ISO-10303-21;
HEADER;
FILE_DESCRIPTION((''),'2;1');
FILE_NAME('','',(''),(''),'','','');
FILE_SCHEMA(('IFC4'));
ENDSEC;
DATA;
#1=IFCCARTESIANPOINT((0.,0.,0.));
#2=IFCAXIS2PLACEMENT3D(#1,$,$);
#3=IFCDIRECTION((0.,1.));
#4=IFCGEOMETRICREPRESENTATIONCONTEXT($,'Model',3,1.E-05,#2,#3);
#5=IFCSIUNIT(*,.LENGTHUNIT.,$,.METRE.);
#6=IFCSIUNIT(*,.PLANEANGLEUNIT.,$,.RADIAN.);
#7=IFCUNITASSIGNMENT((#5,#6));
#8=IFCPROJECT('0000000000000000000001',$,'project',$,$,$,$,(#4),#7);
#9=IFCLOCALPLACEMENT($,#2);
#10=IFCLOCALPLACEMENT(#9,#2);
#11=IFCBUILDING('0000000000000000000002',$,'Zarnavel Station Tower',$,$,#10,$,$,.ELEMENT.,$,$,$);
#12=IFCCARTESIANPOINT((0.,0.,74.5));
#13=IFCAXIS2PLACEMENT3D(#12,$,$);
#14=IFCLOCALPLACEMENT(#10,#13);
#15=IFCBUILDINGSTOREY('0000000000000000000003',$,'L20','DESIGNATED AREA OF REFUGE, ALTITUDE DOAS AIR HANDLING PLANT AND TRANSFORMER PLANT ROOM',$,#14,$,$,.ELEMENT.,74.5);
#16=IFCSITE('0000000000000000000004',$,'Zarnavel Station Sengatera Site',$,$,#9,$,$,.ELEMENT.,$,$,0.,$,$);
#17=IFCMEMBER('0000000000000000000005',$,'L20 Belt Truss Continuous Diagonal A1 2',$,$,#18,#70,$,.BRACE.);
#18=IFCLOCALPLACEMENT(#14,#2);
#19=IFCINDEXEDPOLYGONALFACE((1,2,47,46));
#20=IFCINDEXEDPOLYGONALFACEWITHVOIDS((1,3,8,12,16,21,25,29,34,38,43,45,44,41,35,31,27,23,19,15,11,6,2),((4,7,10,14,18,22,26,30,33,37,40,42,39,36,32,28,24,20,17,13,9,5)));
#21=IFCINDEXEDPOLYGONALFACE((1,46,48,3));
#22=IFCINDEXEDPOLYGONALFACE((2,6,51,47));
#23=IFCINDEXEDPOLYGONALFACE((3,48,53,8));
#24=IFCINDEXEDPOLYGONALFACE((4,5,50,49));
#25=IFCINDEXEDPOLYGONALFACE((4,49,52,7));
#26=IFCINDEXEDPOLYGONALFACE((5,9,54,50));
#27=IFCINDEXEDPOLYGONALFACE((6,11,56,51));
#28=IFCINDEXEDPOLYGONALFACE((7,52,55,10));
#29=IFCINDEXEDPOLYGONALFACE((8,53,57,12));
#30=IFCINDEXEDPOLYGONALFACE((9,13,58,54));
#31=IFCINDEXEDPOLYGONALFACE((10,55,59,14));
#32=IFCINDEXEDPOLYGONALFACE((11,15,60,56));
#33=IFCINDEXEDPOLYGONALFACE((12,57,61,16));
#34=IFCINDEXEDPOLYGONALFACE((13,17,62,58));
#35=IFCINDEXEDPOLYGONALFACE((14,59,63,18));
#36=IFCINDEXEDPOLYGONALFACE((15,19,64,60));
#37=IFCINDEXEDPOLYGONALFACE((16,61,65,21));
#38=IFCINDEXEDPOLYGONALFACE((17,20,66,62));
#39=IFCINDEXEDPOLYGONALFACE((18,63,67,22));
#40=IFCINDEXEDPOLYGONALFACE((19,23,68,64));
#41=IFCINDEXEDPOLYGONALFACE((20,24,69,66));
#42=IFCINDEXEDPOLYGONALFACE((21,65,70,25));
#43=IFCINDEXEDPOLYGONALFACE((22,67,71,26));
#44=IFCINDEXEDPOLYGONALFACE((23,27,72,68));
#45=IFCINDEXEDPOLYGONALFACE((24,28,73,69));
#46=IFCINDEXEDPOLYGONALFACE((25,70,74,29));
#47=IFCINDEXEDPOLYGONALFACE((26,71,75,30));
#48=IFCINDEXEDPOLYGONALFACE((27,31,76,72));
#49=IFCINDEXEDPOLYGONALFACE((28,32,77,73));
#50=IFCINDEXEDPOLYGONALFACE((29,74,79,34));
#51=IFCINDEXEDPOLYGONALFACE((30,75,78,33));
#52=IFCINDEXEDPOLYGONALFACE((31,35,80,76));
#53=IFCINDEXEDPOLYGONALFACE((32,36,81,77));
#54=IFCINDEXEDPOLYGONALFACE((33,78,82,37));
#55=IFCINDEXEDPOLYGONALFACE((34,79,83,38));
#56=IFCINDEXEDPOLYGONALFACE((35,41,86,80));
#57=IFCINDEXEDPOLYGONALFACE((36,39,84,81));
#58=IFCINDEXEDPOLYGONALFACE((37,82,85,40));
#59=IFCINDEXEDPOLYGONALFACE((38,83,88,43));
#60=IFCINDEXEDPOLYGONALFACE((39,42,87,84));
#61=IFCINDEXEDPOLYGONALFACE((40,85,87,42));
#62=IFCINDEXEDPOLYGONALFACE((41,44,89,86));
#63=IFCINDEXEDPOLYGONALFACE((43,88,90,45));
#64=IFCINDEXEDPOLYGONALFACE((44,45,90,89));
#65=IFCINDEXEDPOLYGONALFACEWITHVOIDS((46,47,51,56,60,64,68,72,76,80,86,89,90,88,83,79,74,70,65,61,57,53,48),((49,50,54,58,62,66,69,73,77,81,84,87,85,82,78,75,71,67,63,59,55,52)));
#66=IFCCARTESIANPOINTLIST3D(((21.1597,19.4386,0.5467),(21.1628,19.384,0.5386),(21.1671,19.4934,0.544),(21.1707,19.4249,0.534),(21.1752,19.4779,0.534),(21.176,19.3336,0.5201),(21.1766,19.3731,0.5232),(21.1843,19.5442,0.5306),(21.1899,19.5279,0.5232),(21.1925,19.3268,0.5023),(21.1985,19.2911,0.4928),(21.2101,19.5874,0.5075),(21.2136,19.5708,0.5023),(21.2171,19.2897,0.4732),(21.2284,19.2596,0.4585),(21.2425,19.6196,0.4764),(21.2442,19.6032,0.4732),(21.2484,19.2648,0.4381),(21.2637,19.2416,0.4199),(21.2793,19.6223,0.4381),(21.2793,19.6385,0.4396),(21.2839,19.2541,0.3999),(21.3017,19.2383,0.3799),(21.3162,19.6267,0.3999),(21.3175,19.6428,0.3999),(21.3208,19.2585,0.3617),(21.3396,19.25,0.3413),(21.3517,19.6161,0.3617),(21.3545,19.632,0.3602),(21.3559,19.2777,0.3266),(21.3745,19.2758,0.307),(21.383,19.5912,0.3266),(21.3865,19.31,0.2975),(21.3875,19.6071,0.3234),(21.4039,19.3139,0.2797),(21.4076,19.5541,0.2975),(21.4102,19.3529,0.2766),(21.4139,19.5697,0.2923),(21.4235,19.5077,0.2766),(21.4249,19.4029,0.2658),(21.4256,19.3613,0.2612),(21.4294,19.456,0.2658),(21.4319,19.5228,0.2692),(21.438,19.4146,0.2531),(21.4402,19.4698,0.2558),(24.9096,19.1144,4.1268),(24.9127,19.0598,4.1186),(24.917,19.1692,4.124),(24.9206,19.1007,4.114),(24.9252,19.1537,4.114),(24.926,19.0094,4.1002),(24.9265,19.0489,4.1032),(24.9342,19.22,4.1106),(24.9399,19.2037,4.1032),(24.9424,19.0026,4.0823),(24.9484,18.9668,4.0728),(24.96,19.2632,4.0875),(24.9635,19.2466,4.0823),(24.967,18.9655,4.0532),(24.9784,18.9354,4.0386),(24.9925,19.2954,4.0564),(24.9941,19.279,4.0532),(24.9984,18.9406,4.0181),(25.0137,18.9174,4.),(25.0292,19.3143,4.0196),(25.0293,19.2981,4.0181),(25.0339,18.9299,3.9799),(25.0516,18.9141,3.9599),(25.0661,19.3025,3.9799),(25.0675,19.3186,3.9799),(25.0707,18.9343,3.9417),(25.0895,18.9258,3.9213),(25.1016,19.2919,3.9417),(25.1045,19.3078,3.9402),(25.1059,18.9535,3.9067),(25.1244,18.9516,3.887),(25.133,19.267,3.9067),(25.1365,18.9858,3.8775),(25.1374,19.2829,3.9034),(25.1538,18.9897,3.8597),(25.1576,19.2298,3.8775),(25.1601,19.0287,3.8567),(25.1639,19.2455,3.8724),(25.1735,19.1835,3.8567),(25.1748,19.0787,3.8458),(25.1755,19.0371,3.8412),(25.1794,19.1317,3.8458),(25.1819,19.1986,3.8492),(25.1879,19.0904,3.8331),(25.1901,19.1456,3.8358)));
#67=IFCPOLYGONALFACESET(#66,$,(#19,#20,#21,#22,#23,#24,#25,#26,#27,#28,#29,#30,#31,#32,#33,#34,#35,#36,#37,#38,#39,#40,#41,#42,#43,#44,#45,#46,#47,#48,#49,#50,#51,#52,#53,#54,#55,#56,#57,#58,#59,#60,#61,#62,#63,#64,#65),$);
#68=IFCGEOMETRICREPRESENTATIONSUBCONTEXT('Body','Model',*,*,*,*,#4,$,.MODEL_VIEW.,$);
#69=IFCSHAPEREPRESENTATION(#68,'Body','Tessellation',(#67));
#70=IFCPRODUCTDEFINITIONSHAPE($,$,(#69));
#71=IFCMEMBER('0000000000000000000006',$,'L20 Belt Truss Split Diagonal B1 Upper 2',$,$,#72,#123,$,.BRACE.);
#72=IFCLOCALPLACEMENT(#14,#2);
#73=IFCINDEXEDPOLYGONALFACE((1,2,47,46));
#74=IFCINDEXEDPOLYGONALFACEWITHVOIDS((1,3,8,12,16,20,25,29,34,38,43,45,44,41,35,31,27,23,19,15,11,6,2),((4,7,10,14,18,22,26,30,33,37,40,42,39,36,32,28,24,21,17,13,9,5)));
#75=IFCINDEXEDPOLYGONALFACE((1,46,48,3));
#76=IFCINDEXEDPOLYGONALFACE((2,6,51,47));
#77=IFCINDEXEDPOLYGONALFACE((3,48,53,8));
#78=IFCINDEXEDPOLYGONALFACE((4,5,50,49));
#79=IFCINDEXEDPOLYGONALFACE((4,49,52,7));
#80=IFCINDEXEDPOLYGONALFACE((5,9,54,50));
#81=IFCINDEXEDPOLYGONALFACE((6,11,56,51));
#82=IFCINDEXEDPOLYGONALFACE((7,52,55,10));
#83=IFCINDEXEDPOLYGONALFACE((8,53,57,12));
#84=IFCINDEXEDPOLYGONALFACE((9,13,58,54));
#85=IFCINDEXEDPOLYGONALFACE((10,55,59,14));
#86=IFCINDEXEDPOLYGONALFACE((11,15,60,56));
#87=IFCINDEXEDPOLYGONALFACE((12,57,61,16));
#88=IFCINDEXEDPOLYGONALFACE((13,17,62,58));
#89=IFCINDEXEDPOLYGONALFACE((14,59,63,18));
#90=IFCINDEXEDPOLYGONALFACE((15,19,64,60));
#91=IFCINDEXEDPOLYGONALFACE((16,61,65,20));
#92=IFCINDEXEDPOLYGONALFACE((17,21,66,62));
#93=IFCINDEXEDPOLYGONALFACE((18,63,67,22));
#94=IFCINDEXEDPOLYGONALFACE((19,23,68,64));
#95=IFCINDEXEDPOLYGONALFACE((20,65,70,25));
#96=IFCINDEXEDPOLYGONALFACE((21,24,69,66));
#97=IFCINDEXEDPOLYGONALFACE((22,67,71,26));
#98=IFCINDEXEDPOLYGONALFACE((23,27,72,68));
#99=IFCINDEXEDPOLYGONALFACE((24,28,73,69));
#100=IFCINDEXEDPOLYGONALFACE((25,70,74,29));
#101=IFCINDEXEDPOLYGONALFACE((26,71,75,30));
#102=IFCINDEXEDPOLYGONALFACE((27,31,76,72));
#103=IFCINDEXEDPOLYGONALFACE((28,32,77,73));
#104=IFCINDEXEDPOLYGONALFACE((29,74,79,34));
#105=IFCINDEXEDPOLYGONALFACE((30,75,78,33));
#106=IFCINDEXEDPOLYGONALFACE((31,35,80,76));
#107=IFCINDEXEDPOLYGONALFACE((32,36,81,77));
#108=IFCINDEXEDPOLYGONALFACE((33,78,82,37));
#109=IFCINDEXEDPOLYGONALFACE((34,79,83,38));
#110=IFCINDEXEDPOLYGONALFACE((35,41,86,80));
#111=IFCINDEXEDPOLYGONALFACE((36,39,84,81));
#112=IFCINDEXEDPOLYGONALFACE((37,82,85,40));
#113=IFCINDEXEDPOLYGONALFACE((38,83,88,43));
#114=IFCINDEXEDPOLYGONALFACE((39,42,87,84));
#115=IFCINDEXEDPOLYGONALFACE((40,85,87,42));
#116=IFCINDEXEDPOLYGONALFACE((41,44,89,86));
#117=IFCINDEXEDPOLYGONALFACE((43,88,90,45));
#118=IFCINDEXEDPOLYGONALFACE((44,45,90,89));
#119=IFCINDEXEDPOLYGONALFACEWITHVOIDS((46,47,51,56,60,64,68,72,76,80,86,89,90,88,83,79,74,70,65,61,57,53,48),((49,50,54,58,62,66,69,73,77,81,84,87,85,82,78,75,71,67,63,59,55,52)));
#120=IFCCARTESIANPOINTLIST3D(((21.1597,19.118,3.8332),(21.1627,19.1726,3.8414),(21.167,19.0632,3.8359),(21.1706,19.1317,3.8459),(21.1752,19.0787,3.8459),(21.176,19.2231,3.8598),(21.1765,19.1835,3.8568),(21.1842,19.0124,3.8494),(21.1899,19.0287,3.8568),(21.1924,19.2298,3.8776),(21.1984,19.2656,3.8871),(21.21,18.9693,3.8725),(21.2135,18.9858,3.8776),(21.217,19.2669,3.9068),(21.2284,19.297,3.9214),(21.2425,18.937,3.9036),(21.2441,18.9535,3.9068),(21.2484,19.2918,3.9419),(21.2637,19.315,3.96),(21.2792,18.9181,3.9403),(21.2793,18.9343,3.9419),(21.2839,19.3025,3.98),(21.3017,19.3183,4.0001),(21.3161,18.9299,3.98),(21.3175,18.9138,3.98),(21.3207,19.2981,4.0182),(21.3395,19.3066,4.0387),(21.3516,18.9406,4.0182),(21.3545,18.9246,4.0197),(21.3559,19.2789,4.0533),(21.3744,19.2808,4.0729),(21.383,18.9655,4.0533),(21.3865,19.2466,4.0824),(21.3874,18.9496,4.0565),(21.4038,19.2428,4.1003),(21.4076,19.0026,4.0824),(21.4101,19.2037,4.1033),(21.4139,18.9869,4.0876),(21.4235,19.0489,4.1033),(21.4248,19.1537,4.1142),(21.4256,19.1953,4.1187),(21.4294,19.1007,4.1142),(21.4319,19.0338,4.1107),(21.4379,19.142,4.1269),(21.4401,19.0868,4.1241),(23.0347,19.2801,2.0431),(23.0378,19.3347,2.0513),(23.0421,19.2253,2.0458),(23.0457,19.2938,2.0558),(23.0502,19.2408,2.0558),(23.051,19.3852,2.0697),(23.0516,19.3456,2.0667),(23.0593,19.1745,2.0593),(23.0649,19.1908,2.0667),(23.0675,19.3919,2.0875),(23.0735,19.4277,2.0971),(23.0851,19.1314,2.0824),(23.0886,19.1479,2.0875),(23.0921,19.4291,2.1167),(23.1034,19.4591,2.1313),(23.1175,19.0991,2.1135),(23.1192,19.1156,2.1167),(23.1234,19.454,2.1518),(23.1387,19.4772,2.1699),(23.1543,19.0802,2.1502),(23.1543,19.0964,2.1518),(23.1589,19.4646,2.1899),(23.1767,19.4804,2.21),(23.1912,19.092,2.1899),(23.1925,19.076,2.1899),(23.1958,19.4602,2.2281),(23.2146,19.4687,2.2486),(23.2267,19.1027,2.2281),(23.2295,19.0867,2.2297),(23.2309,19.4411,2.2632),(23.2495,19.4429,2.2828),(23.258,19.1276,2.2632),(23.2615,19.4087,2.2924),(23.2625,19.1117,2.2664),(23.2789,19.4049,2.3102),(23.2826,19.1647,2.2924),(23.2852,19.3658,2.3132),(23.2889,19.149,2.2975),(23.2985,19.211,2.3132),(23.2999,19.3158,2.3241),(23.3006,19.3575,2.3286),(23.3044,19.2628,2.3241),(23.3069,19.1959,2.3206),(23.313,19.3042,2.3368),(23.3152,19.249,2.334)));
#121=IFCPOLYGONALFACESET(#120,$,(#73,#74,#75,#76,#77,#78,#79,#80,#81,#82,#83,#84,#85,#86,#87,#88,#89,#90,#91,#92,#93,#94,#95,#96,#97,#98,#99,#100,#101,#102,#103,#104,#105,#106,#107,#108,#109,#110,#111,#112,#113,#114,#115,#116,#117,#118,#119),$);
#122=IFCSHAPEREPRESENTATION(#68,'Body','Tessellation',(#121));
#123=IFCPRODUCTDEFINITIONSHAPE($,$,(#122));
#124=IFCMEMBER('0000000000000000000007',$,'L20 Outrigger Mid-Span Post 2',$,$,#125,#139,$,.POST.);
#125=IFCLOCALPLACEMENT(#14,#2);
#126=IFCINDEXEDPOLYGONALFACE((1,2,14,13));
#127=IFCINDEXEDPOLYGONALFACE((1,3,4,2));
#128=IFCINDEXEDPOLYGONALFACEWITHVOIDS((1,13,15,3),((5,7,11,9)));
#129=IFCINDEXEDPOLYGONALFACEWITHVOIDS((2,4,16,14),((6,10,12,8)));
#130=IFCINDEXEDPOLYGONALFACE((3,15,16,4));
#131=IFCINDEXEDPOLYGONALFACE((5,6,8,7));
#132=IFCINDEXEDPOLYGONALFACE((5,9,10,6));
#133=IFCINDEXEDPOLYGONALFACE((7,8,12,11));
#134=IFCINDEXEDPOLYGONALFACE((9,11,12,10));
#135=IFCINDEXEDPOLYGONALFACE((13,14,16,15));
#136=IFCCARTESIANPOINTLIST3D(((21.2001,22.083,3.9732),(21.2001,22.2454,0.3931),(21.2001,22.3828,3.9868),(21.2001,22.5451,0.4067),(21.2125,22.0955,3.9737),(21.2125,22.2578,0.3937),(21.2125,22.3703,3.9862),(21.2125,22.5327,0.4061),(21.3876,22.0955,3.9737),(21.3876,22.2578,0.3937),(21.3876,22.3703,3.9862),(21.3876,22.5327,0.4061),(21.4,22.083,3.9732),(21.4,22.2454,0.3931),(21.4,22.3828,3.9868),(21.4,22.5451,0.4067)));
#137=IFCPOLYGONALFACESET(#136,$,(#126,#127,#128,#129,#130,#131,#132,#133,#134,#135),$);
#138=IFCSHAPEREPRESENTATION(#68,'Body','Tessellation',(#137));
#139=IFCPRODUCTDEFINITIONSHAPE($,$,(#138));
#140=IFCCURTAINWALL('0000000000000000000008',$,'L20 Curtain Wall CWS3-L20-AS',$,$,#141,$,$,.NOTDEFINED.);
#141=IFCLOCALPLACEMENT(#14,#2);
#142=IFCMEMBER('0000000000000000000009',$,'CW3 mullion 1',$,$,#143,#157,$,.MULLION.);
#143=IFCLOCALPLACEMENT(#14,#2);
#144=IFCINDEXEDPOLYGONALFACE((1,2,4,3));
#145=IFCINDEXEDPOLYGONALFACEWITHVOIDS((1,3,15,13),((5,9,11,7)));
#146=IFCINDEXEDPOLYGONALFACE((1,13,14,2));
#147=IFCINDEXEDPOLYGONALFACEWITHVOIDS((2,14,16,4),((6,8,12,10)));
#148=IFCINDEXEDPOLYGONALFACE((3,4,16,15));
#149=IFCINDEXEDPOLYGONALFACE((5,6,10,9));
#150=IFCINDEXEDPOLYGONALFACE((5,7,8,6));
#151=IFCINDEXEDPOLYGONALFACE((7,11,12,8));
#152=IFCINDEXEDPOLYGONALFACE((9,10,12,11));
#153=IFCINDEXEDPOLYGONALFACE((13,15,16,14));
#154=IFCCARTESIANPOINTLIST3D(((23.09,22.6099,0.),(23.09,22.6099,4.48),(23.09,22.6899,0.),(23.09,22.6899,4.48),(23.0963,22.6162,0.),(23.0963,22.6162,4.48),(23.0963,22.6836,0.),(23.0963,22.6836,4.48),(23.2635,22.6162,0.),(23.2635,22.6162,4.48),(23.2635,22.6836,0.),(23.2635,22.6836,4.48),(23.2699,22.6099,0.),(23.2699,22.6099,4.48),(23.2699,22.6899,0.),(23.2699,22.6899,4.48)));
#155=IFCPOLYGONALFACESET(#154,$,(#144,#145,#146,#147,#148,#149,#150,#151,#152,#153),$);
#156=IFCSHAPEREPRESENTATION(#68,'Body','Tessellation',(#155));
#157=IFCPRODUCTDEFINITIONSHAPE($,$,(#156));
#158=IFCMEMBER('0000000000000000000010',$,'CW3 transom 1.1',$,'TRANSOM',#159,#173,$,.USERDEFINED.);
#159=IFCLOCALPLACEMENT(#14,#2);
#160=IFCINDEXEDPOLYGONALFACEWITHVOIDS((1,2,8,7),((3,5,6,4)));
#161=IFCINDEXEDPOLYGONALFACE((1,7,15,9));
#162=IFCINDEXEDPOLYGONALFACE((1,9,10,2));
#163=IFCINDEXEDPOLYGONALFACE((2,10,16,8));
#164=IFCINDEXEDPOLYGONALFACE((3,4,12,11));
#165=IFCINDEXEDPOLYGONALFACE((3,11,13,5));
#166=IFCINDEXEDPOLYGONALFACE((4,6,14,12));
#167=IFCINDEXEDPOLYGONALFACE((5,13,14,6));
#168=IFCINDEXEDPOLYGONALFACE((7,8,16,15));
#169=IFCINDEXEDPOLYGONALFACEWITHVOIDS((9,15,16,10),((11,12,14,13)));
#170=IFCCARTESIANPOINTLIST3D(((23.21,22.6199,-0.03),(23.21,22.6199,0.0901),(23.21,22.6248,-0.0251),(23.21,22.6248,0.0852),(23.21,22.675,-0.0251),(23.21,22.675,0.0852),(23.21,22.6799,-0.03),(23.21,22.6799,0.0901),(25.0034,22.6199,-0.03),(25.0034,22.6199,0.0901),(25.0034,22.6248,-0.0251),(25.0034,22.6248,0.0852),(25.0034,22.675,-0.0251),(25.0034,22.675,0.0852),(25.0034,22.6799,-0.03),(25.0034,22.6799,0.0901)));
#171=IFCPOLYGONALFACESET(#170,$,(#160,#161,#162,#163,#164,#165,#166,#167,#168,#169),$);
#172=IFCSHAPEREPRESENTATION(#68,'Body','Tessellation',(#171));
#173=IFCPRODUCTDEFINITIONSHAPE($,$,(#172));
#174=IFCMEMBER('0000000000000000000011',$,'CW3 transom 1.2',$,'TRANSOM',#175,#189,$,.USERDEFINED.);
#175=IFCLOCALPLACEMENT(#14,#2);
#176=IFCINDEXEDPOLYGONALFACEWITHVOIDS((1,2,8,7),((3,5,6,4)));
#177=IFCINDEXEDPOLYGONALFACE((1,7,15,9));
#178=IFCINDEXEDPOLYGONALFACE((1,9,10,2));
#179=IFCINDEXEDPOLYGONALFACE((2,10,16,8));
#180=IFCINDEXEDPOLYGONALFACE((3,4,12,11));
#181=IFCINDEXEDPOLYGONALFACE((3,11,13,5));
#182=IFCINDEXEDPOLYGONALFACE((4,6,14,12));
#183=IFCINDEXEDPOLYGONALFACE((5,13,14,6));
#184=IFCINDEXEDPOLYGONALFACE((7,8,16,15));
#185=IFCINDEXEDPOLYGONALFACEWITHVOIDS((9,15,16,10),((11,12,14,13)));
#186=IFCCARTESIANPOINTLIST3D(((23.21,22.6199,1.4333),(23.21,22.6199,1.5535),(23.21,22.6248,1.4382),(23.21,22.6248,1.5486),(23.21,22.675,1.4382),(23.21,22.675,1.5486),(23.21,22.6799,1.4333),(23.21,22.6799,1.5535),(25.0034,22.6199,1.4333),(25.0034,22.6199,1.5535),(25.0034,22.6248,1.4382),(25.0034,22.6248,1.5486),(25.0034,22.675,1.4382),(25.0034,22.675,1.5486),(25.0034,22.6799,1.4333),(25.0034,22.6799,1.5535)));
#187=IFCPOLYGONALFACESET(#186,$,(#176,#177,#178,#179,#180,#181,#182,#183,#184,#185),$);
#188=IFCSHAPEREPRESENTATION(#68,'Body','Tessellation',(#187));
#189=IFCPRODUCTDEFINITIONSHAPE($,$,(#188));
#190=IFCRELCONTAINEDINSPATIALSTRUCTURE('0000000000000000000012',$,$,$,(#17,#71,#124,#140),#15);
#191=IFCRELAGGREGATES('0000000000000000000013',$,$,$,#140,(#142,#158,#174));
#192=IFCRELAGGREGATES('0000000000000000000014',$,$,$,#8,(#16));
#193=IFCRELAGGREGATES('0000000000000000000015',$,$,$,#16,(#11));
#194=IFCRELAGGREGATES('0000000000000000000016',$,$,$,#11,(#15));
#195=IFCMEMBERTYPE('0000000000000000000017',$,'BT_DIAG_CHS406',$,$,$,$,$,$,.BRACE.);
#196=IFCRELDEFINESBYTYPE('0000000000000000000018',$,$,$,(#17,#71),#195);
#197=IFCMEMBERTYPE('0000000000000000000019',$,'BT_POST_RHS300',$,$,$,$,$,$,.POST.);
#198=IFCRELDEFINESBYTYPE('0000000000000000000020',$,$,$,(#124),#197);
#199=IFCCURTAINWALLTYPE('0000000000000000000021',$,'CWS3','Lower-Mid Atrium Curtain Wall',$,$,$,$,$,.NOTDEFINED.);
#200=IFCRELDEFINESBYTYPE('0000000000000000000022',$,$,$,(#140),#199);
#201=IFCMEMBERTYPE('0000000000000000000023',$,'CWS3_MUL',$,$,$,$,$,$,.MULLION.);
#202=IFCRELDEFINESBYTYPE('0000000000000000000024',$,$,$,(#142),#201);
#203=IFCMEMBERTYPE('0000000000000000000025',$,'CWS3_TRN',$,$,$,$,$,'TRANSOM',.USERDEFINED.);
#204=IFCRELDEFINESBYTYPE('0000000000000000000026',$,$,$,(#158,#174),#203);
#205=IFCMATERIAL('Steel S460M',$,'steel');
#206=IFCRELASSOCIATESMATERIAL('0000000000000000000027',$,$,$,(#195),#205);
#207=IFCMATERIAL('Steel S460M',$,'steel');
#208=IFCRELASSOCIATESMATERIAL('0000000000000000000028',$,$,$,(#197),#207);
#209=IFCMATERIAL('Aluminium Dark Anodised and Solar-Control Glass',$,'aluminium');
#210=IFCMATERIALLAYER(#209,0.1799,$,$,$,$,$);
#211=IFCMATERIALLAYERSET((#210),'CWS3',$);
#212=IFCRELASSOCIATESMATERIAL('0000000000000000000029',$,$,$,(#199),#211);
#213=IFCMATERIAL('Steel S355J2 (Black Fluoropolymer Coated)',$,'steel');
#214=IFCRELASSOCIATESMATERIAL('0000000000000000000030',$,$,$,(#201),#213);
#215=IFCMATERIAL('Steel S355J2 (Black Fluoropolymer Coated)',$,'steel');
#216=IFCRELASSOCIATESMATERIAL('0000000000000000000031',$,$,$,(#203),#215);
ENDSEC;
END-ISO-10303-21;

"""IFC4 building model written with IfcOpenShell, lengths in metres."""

from ifc_helpers import new_model, si_unit, direction, frame, origin, origin_2d, place, context, subcontext, project, spatial, hollow_rectangle, hollow_circle, extrude, material, layer, layer_set, material_profile, profile_set, type_object, element, aggregate, save


model = new_model("IFC4")

# Units and contexts
model_context = context("Model", 3, precision=1e-05, world=origin(), true_north=direction((0.0, 1.0)))
body_context = subcontext(model_context, "Body", "Model", "MODEL_VIEW")
ifc_project = project(units=[si_unit("LENGTHUNIT", "METRE"), si_unit("PLANEANGLEUNIT", "RADIAN")], contexts=[model_context])

# Site, building, storey
site_placement = place(None, origin())
site = spatial("IfcSite", under=ifc_project, at=site_placement, Name="Zarnavel Station Sengatera Site", CompositionType="ELEMENT", RefElevation=0.0)
building_placement = place(site_placement, origin())
building = spatial("IfcBuilding", under=site, at=building_placement, Name="Zarnavel Station Tower", CompositionType="ELEMENT")
storey_placement = place(building_placement, frame((0.0, 0.0, 74.5)))
storey = spatial("IfcBuildingStorey", under=building, at=storey_placement, Name="L20", Description="DESIGNATED AREA OF REFUGE, ALTITUDE DOAS AIR HANDLING PLANT AND TRANSFORMER PLANT ROOM", CompositionType="ELEMENT", Elevation=74.5)

# Members
ifc_material_1 = material(Name="Steel S460M", Category="steel")
ifc_material_profile_1 = material_profile(ifc_material_1, hollow_circle(Radius=0.2031, WallThickness=0.0161, at=origin_2d()), Name="CHS406.4x16")
ifc_profile_set_1 = profile_set([ifc_material_profile_1], Name="Steel S460M")
member_type_1 = type_object("IfcMemberType", Name="BT_DIAG_CHS406", PredefinedType="BRACE", material=ifc_profile_set_1)
member_1_placement = place(storey_placement, frame((21.3, 19.4404, 0.3999), z_axis=(0.721894, -0.062414, 0.689183), x_axis=(0.086137, 0.996283, 0.0)))
element("IfcMember", 1, at=member_1_placement, inside=storey, type_object=member_type_1, Name="L20 Belt Truss Continuous Diagonal A1 2", PredefinedType="BRACE", context=body_context, shape_type="SweptSolid", body=[
    extrude(hollow_circle(Radius=0.2031, WallThickness=0.0161, at=origin_2d()), origin(), (0.0, 0.0, 1.0), 5.1946),
])
member_2_placement = place(storey_placement, frame((23.175, 19.2783, 2.1899), z_axis=(-0.721894, -0.062414, 0.689183), x_axis=(0.086137, -0.996283, 0.0)))
element("IfcMember", 2, at=member_2_placement, inside=storey, type_object=member_type_1, Name="L20 Belt Truss Split Diagonal B1 Upper 2", PredefinedType="BRACE", context=body_context, shape_type="SweptSolid", body=[
    extrude(hollow_circle(Radius=0.2031, WallThickness=0.0161, at=origin_2d()), origin(), (0.0, 0.0, 1.0), 2.5974),
])
ifc_material_2 = material(Name="Steel S460M", Category="steel")
ifc_material_profile_2 = material_profile(ifc_material_2, hollow_rectangle(XDim=0.2, YDim=0.3, WallThickness=0.0125, at=origin_2d()), Name="RHS300x200x12.5")
ifc_profile_set_2 = profile_set([ifc_material_profile_2], Name="Steel S460M")
member_type_2 = type_object("IfcMemberType", Name="BT_POST_RHS300", PredefinedType="POST", material=ifc_profile_set_2)
member_3_placement = place(storey_placement, frame((21.3, 22.3953, 0.3999), z_axis=(0.0, -0.045303, 0.998973), x_axis=(1.0, 0.0, 0.0)))
element("IfcMember", 3, at=member_3_placement, inside=storey, type_object=member_type_2, Name="L20 Outrigger Mid-Span Post 2", PredefinedType="POST", context=body_context, shape_type="SweptSolid", body=[
    extrude(hollow_rectangle(XDim=0.2, YDim=0.3, WallThickness=0.0125, at=origin_2d()), origin(), (0.0, 0.0, 1.0), 3.5837),
])

# Curtain wall, members
ifc_material_3 = material(Name="Aluminium Dark Anodised and Solar-Control Glass", Category="aluminium")
ifc_layer_1 = layer(ifc_material_3, 0.1799)
ifc_layer_set_1 = layer_set([ifc_layer_1], Name="CWS3")
curtain_wall_type = type_object("IfcCurtainWallType", Name="CWS3", Description="Lower-Mid Atrium Curtain Wall", PredefinedType="NOTDEFINED", material=ifc_layer_set_1)
curtain_wall_placement = place(storey_placement, origin())
curtain_wall = element("IfcCurtainWall", 4, at=curtain_wall_placement, inside=storey, type_object=curtain_wall_type, Name="L20 Curtain Wall CWS3-L20-AS", PredefinedType="NOTDEFINED")
ifc_material_4 = material(Name="Steel S355J2 (Black Fluoropolymer Coated)", Category="steel")
ifc_material_profile_3 = material_profile(ifc_material_4, hollow_rectangle(XDim=0.0801, YDim=0.1799, WallThickness=0.0063, at=origin_2d()), Name="RHS180x80x6.3")
ifc_profile_set_3 = profile_set([ifc_material_profile_3], Name="Steel S355J2 (Black Fluoropolymer Coated)")
member_type_3 = type_object("IfcMemberType", Name="CWS3_MUL", PredefinedType="MULLION", material=ifc_profile_set_3)
member_4_placement = place(storey_placement, frame((23.1799, 22.6499, 0.0), z_axis=(0.0, 0.0, 1.0), x_axis=(0.0, 1.0, 0.0)))
member_4 = element("IfcMember", 5, at=member_4_placement, type_object=member_type_3, Name="CW3 mullion 1", PredefinedType="MULLION", context=body_context, shape_type="SweptSolid", body=[
    extrude(hollow_rectangle(XDim=0.0801, YDim=0.1799, WallThickness=0.0063, at=origin_2d()), origin(), (0.0, 0.0, 1.0), 4.48),
])
ifc_material_5 = material(Name="Steel S355J2 (Black Fluoropolymer Coated)", Category="steel")
ifc_material_profile_4 = material_profile(ifc_material_5, hollow_rectangle(XDim=0.0601, YDim=0.1201, WallThickness=0.0049, at=origin_2d()), Name="RHS120x60x5")
ifc_profile_set_4 = profile_set([ifc_material_profile_4], Name="Steel S355J2 (Black Fluoropolymer Coated)")
member_type_4 = type_object("IfcMemberType", Name="CWS3_TRN", ElementType="TRANSOM", PredefinedType="USERDEFINED", material=ifc_profile_set_4)
member_5_placement = place(storey_placement, frame((23.21, 22.6499, 0.03), z_axis=(1.0, 0.0, 0.0), x_axis=(0.0, 1.0, 0.0)))
member_5 = element("IfcMember", 6, at=member_5_placement, type_object=member_type_4, Name="CW3 transom 1.1", ObjectType="TRANSOM", PredefinedType="USERDEFINED", context=body_context, shape_type="SweptSolid", body=[
    extrude(hollow_rectangle(XDim=0.0601, YDim=0.1201, WallThickness=0.0049, at=origin_2d()), origin(), (0.0, 0.0, 1.0), 1.7935),
])
member_6_placement = place(storey_placement, frame((23.21, 22.6499, 1.4934), z_axis=(1.0, 0.0, 0.0), x_axis=(0.0, 1.0, 0.0)))
member_6 = element("IfcMember", 7, at=member_6_placement, type_object=member_type_4, Name="CW3 transom 1.2", ObjectType="TRANSOM", PredefinedType="USERDEFINED", context=body_context, shape_type="SweptSolid", body=[
    extrude(hollow_rectangle(XDim=0.0601, YDim=0.1201, WallThickness=0.0049, at=origin_2d()), origin(), (0.0, 0.0, 1.0), 1.7935),
])
aggregate(curtain_wall, [member_4, member_5, member_6])

save(model, "model.ifc")
